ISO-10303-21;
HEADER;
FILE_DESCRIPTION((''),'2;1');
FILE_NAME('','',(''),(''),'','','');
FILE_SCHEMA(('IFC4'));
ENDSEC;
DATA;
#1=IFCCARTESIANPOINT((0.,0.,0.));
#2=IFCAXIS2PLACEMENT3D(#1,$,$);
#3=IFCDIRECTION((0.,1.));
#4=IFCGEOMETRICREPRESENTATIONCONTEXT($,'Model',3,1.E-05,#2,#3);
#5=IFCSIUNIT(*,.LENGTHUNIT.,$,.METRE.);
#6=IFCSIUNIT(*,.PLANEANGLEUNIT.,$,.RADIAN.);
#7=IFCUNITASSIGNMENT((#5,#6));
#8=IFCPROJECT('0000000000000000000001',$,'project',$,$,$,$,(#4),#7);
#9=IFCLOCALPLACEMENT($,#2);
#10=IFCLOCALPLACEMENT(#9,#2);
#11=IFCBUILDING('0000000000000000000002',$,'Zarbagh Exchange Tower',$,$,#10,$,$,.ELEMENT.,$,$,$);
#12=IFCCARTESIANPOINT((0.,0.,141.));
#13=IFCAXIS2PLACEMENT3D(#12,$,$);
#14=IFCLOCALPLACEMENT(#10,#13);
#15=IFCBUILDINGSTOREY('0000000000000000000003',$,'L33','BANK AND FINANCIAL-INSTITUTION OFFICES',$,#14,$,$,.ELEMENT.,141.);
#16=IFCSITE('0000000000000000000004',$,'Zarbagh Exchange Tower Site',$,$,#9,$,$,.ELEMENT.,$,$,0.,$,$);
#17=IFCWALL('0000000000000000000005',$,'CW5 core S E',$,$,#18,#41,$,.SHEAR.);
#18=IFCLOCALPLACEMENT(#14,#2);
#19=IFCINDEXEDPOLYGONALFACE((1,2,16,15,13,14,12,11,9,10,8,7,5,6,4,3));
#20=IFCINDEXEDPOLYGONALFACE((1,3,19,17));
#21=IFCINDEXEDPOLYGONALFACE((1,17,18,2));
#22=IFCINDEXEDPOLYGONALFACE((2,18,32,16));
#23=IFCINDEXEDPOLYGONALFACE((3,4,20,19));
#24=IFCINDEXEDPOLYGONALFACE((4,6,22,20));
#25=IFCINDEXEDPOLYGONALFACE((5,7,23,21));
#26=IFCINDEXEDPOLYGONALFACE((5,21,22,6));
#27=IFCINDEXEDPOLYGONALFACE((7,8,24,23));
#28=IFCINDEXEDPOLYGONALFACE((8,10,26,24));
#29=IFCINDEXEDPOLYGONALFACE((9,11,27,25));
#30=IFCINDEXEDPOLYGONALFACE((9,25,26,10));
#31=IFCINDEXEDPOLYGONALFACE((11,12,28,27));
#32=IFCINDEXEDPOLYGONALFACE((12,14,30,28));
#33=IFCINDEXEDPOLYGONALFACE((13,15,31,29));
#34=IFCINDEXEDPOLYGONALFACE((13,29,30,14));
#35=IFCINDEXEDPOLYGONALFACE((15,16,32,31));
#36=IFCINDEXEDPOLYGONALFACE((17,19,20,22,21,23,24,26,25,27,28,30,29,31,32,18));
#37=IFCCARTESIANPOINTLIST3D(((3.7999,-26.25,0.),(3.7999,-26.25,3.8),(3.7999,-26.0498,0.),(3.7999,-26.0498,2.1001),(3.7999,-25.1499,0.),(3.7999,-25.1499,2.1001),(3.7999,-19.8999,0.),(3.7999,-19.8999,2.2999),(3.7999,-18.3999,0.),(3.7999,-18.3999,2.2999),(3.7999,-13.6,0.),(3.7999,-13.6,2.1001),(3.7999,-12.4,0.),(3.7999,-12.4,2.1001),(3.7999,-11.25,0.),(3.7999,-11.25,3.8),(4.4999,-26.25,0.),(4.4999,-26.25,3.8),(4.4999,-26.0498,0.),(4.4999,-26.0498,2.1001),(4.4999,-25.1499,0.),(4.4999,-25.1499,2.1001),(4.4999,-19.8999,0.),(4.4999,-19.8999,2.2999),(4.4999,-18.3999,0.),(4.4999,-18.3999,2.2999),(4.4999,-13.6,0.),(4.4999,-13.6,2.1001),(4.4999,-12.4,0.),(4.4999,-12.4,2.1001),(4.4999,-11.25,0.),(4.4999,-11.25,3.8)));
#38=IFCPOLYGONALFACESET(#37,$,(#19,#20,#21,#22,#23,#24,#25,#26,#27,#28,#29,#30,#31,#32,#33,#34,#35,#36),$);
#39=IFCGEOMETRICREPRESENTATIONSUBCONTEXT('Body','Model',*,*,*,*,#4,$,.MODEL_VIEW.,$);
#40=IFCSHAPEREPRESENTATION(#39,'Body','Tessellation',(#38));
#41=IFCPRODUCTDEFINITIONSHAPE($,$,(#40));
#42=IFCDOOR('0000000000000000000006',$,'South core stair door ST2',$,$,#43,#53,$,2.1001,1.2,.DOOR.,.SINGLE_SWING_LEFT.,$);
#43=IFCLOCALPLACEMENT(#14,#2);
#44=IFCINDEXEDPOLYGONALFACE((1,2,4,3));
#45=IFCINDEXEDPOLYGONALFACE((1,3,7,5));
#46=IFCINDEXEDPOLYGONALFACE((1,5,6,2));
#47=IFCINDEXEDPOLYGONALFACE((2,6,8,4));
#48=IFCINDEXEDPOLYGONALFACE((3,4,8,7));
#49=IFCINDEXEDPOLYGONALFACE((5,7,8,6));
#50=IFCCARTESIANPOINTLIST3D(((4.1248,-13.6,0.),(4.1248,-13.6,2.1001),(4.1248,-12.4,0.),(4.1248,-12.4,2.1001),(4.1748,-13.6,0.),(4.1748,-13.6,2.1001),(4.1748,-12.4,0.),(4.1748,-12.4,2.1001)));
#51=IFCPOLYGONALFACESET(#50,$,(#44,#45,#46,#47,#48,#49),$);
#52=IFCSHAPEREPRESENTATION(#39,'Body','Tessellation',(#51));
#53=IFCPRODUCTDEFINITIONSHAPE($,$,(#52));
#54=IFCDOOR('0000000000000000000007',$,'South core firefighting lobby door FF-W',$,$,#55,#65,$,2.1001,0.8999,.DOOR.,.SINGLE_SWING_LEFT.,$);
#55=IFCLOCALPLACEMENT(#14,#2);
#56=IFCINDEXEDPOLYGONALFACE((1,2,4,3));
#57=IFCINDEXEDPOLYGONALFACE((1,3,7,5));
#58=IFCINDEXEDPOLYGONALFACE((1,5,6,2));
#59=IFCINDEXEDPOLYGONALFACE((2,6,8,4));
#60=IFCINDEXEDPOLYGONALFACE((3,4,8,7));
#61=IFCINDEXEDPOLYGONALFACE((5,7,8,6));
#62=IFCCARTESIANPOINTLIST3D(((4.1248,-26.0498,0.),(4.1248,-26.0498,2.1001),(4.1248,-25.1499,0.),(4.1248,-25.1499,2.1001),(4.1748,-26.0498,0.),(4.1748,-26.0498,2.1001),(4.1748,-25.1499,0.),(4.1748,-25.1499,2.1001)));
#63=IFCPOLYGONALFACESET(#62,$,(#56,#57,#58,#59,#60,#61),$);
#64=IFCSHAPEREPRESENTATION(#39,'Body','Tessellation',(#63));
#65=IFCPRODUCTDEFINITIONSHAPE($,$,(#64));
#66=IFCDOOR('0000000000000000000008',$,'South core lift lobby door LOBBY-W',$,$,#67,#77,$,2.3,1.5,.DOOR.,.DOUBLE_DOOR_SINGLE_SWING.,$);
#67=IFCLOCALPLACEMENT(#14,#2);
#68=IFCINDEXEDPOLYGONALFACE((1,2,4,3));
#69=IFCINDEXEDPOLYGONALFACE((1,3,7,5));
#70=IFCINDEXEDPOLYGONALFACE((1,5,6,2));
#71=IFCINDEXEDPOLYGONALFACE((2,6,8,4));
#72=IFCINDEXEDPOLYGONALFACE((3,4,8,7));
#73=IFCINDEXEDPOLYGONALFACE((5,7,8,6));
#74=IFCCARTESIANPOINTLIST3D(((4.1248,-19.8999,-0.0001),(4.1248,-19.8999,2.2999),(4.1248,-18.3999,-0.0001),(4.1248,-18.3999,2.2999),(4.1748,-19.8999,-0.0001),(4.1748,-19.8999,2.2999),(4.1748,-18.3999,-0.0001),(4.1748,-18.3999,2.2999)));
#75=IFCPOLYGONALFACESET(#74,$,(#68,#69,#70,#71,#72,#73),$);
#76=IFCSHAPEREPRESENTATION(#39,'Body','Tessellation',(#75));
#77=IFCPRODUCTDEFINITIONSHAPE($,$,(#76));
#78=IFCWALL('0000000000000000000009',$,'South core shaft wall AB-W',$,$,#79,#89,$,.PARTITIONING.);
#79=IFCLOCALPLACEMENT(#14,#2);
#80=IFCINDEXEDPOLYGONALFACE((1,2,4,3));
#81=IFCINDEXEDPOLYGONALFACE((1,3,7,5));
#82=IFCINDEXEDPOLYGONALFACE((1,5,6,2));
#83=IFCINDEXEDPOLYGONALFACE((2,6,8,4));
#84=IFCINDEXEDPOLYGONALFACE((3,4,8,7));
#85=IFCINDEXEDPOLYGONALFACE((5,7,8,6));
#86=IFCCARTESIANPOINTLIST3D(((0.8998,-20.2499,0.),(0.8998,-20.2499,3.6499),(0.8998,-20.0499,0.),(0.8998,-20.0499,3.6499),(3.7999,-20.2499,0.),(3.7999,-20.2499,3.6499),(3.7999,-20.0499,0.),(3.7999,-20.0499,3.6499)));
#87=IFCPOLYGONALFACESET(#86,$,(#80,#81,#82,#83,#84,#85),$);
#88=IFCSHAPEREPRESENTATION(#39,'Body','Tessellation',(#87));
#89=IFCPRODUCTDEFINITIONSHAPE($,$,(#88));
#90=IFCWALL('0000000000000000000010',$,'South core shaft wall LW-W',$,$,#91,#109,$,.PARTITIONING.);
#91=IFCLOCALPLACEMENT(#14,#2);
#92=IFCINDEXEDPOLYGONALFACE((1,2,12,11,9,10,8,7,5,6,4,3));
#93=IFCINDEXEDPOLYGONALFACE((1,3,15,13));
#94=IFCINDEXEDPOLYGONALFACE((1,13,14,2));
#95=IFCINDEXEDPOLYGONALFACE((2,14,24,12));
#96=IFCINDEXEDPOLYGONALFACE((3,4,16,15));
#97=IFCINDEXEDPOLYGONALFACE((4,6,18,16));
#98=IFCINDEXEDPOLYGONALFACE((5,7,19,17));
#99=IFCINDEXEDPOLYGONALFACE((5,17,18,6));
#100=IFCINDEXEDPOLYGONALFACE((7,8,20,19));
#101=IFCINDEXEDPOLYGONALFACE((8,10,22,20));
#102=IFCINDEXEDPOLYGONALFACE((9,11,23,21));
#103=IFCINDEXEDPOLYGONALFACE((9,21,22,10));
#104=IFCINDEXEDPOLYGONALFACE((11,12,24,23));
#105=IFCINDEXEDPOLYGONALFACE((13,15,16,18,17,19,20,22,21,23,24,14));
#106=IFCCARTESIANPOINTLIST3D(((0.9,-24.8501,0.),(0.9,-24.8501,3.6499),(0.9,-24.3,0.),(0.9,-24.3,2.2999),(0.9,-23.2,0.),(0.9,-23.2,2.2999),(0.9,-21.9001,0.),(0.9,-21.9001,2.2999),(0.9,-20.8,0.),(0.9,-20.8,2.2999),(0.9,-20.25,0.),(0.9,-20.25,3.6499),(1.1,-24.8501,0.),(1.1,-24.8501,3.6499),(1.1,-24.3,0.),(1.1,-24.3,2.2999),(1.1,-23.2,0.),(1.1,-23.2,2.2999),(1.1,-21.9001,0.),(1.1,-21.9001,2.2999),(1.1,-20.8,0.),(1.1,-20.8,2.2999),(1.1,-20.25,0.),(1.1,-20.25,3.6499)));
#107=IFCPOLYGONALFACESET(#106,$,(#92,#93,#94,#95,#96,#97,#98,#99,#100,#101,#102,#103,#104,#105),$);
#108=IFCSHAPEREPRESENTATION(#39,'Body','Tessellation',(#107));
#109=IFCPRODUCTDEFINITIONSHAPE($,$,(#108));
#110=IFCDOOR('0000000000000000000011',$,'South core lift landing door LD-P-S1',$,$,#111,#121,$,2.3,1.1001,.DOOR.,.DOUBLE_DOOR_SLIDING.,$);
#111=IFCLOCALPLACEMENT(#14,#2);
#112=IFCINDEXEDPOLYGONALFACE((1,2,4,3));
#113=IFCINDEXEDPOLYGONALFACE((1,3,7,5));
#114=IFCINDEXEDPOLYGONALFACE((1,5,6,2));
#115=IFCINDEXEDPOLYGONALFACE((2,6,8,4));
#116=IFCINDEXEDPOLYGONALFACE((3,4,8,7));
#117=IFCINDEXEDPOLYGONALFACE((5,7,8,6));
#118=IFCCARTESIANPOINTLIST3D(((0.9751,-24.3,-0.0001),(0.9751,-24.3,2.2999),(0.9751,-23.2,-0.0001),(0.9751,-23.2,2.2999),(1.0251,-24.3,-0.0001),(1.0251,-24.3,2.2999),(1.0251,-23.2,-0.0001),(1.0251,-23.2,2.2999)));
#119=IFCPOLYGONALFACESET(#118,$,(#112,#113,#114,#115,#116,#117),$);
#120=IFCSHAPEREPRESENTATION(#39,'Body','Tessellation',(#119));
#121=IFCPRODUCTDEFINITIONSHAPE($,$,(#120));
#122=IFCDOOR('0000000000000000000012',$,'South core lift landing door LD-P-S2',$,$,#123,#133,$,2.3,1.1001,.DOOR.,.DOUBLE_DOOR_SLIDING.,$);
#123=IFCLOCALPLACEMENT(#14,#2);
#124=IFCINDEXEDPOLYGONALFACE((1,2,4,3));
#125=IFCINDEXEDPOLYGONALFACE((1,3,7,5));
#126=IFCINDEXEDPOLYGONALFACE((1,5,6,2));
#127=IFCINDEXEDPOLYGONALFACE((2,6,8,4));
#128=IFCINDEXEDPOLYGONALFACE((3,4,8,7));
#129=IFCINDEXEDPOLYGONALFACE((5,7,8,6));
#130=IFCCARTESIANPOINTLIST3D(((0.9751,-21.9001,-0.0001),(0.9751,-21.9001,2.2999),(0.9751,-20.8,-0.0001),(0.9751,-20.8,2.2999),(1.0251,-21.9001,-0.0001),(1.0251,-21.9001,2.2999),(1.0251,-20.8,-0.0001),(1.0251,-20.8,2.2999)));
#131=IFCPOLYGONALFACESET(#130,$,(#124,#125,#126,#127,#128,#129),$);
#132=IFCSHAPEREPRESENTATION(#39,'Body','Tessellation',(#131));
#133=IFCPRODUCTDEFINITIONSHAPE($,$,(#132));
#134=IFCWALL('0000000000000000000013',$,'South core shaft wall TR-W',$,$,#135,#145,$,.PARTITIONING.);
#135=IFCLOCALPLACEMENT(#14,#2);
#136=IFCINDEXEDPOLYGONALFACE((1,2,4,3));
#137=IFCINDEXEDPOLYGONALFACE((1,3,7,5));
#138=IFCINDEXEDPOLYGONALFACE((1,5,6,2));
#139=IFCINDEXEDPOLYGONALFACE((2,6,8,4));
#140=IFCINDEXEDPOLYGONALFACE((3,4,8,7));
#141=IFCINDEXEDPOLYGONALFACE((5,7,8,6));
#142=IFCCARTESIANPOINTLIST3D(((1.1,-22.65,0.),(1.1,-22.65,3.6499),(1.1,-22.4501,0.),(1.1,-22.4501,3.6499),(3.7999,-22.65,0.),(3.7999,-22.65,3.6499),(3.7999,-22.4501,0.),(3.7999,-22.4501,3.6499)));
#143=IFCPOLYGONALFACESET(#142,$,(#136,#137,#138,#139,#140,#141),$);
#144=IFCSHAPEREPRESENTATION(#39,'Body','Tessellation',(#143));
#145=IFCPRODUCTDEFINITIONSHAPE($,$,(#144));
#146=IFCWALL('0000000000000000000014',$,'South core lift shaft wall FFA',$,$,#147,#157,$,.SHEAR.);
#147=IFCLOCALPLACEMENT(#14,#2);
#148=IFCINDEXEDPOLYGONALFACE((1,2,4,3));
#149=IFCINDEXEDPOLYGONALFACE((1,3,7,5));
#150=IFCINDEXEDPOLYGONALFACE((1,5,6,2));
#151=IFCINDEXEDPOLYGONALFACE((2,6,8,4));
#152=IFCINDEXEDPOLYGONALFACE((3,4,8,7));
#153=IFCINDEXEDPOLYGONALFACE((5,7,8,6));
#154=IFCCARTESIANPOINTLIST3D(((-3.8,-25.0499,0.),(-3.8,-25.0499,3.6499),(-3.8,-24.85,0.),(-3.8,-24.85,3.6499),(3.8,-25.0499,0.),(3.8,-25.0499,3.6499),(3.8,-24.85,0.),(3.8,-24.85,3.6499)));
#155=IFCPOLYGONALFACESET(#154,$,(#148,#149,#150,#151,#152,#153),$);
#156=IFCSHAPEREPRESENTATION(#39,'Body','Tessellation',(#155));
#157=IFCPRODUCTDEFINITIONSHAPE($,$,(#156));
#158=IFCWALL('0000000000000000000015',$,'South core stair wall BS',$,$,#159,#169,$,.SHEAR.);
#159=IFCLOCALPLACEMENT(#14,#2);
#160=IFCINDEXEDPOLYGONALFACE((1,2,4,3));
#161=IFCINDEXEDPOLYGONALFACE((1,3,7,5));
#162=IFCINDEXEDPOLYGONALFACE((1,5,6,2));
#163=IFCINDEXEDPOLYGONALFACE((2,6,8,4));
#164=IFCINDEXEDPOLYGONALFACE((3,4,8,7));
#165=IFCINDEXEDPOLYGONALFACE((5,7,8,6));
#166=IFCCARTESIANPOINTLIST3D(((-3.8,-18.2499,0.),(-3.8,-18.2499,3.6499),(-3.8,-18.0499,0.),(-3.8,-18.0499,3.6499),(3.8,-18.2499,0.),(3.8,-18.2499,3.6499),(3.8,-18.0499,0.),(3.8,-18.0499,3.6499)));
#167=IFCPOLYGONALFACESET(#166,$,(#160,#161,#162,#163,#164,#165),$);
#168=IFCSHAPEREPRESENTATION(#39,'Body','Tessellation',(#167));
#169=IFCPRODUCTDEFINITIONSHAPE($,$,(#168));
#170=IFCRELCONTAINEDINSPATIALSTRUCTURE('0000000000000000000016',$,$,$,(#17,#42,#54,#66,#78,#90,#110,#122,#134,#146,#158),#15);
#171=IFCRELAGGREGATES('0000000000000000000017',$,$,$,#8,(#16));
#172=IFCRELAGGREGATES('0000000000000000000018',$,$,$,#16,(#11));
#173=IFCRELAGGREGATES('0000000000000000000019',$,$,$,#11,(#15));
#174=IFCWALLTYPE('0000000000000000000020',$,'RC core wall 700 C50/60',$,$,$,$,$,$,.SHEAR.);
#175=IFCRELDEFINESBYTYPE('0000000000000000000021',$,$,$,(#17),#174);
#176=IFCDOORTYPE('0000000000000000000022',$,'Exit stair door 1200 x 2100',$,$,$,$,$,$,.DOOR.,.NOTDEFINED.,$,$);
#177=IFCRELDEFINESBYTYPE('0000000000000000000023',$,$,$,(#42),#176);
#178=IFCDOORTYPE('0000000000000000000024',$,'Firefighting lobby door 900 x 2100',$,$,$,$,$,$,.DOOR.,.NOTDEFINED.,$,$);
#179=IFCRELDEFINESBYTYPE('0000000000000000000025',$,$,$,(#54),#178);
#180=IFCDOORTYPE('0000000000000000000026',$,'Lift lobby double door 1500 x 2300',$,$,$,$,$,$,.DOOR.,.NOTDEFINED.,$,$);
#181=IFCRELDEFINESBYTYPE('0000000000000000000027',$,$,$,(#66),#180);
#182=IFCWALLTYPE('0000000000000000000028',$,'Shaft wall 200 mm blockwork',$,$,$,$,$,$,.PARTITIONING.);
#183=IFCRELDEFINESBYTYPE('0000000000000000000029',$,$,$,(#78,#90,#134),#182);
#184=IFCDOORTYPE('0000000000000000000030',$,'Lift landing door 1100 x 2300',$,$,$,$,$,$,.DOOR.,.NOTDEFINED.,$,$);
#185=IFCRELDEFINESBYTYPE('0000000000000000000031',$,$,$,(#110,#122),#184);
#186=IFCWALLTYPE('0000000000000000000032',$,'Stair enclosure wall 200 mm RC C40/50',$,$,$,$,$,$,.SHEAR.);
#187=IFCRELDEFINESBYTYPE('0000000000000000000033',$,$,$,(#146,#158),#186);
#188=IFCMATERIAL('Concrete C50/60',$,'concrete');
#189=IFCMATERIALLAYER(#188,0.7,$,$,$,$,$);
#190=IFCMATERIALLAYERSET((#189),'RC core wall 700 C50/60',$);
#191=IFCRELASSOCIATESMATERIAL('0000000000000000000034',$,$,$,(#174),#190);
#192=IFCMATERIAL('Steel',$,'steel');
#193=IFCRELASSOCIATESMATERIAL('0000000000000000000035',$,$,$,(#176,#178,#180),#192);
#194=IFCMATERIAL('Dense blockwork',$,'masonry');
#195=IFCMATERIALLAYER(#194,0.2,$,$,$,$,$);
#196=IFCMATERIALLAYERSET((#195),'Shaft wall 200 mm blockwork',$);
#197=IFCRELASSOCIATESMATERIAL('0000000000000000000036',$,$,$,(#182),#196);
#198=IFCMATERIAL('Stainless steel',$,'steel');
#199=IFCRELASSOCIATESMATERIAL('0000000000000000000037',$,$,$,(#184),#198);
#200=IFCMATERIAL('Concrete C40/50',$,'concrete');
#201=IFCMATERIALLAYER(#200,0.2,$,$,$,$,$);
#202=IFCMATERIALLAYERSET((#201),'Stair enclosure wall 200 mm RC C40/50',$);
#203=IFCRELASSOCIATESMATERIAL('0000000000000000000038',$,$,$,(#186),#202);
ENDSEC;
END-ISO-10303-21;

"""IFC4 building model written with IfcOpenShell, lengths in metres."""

from ifc_helpers import new_model, si_unit, direction, frame, frame_2d, origin, place, context, subcontext, project, spatial, rectangle, extrude, material, layer, layer_set, type_object, element, fill, save


model = new_model("IFC4")

# Units and contexts
model_context = context("Model", 3, precision=1e-05, world=origin(), true_north=direction((0.0, 1.0)))
body_context = subcontext(model_context, "Body", "Model", "MODEL_VIEW")
ifc_project = project(units=[si_unit("LENGTHUNIT", "METRE"), si_unit("PLANEANGLEUNIT", "RADIAN")], contexts=[model_context])

# Site, building, storey
site_placement = place(None, origin())
site = spatial("IfcSite", under=ifc_project, at=site_placement, Name="Zarbagh Exchange Tower Site", CompositionType="ELEMENT", RefElevation=0.0)
building_placement = place(site_placement, origin())
building = spatial("IfcBuilding", under=site, at=building_placement, Name="Zarbagh Exchange Tower", CompositionType="ELEMENT")
storey_placement = place(building_placement, frame((0.0, 0.0, 141.0)))
storey = spatial("IfcBuildingStorey", under=building, at=storey_placement, Name="L33", Description="BANK AND FINANCIAL-INSTITUTION OFFICES", CompositionType="ELEMENT", Elevation=141.0)

# Shared definitions
ifc_material_1 = material(Name="Concrete C50/60", Category="concrete")

# Wall, openings, doors
ifc_layer_1 = layer(ifc_material_1, 0.7)
ifc_layer_set_1 = layer_set([ifc_layer_1], Name="RC core wall 700 C50/60")
wall_type_1 = type_object("IfcWallType", Name="RC core wall 700 C50/60", PredefinedType="SHEAR", material=ifc_layer_set_1)
wall_1_placement = place(storey_placement, frame((4.1499, -11.25, 0.0), z_axis=(0.0, 0.0, 1.0), x_axis=(0.0, -1.0, 0.0)))
wall_1 = element("IfcWall", 1, at=wall_1_placement, inside=storey, type_object=wall_type_1, Name="CW5 core S E", PredefinedType="SHEAR", context=body_context, shape_type="SweptSolid", body=[
    extrude(rectangle(XDim=15.0, YDim=0.7, at=frame_2d((7.5, 0.0))), origin(), (0.0, 0.0, 1.0), 3.8),
])
opening_1_placement = place(wall_1_placement, frame((7.1499, 0.0, 0.0)))
opening_1 = element("IfcOpeningElement", 2, at=opening_1_placement, cuts=wall_1, PredefinedType="OPENING", context=body_context, shape_type="SweptSolid", body=[
    extrude(rectangle(XDim=1.5, YDim=2.3, at=frame_2d((0.75, 1.1499))), frame((0.0, 0.3599, 0.0), z_axis=(0.0, -1.0, 0.0), x_axis=(1.0, 0.0, 0.0)), (0.0, 0.0, 1.0), 0.72),
])
opening_2_placement = place(wall_1_placement, frame((13.8999, 0.0, 0.0)))
opening_2 = element("IfcOpeningElement", 3, at=opening_2_placement, cuts=wall_1, PredefinedType="OPENING", context=body_context, shape_type="SweptSolid", body=[
    extrude(rectangle(XDim=0.8999, YDim=2.1001, at=frame_2d((0.45, 1.05))), frame((0.0, 0.3599, 0.0), z_axis=(0.0, -1.0, 0.0), x_axis=(1.0, 0.0, 0.0)), (0.0, 0.0, 1.0), 0.72),
])
opening_3_placement = place(wall_1_placement, frame((1.1499, 0.0, 0.0)))
opening_3 = element("IfcOpeningElement", 4, at=opening_3_placement, cuts=wall_1, PredefinedType="OPENING", context=body_context, shape_type="SweptSolid", body=[
    extrude(rectangle(XDim=1.2, YDim=2.1001, at=frame_2d((0.6001, 1.05))), frame((0.0, 0.3599, 0.0), z_axis=(0.0, -1.0, 0.0), x_axis=(1.0, 0.0, 0.0)), (0.0, 0.0, 1.0), 0.72),
])
ifc_material_2 = material(Name="Steel", Category="steel")
door_type_1 = type_object("IfcDoorType", Name="Exit stair door 1200 x 2100", OperationType="NOTDEFINED", PredefinedType="DOOR", material=ifc_material_2)
door_1_placement = place(opening_3_placement, origin())
door_1 = element("IfcDoor", 5, at=door_1_placement, inside=storey, type_object=door_type_1, Name="South core stair door ST2", OperationType="SINGLE_SWING_LEFT", OverallHeight=2.1001, OverallWidth=1.2, PredefinedType="DOOR", context=body_context, shape_type="SweptSolid", body=[
    extrude(rectangle(XDim=1.2, YDim=2.1001, at=frame_2d((0.6001, 1.05))), frame((0.0, 0.0249, 0.0), z_axis=(0.0, -1.0, 0.0), x_axis=(1.0, 0.0, 0.0)), (0.0, 0.0, 1.0), 0.05),
])
fill(opening_3, door_1)
door_type_2 = type_object("IfcDoorType", Name="Firefighting lobby door 900 x 2100", OperationType="NOTDEFINED", PredefinedType="DOOR", material=ifc_material_2)
door_2_placement = place(opening_2_placement, origin())
door_2 = element("IfcDoor", 6, at=door_2_placement, inside=storey, type_object=door_type_2, Name="South core firefighting lobby door FF-W", OperationType="SINGLE_SWING_LEFT", OverallHeight=2.1001, OverallWidth=0.8999, PredefinedType="DOOR", context=body_context, shape_type="SweptSolid", body=[
    extrude(rectangle(XDim=0.8999, YDim=2.1001, at=frame_2d((0.45, 1.05))), frame((0.0, 0.0249, 0.0), z_axis=(0.0, -1.0, 0.0), x_axis=(1.0, 0.0, 0.0)), (0.0, 0.0, 1.0), 0.05),
])
fill(opening_2, door_2)
door_type_3 = type_object("IfcDoorType", Name="Lift lobby double door 1500 x 2300", OperationType="NOTDEFINED", PredefinedType="DOOR", material=ifc_material_2)
door_3_placement = place(opening_1_placement, origin())
door_3 = element("IfcDoor", 7, at=door_3_placement, inside=storey, type_object=door_type_3, Name="South core lift lobby door LOBBY-W", OperationType="DOUBLE_DOOR_SINGLE_SWING", OverallHeight=2.3, OverallWidth=1.5, PredefinedType="DOOR", context=body_context, shape_type="SweptSolid", body=[
    extrude(rectangle(XDim=1.5, YDim=2.3, at=frame_2d((0.75, 1.1499))), frame((0.0, 0.0249, 0.0), z_axis=(0.0, -1.0, 0.0), x_axis=(1.0, 0.0, 0.0)), (0.0, 0.0, 1.0), 0.05),
])
fill(opening_1, door_3)

# Wall
ifc_material_3 = material(Name="Dense blockwork", Category="masonry")
ifc_layer_2 = layer(ifc_material_3, 0.2)
ifc_layer_set_2 = layer_set([ifc_layer_2], Name="Shaft wall 200 mm blockwork")
wall_type_2 = type_object("IfcWallType", Name="Shaft wall 200 mm blockwork", PredefinedType="PARTITIONING", material=ifc_layer_set_2)
wall_2_placement = place(storey_placement, frame((3.8, -20.1499, 0.0), z_axis=(0.0, 0.0, 1.0), x_axis=(-1.0, 0.0, 0.0)))
element("IfcWall", 8, at=wall_2_placement, inside=storey, type_object=wall_type_2, Name="South core shaft wall AB-W", PredefinedType="PARTITIONING", context=body_context, shape_type="SweptSolid", body=[
    extrude(rectangle(XDim=2.9001, YDim=0.2, at=frame_2d((1.4502, 0.0))), origin(), (0.0, 0.0, 1.0), 3.6499),
])

# Wall, openings, doors
wall_3_placement = place(storey_placement, frame((1.0, -24.8501, 0.0), z_axis=(0.0, 0.0, 1.0), x_axis=(0.0, 1.0, 0.0)))
wall_3 = element("IfcWall", 9, at=wall_3_placement, inside=storey, type_object=wall_type_2, Name="South core shaft wall LW-W", PredefinedType="PARTITIONING", context=body_context, shape_type="SweptSolid", body=[
    extrude(rectangle(XDim=4.6001, YDim=0.2, at=frame_2d((2.3, 0.0))), origin(), (0.0, 0.0, 1.0), 3.6499),
])
opening_4_placement = place(wall_3_placement, frame((0.55, 0.0, 0.0)))
opening_4 = element("IfcOpeningElement", 10, at=opening_4_placement, cuts=wall_3, PredefinedType="OPENING", context=body_context, shape_type="SweptSolid", body=[
    extrude(rectangle(XDim=1.1001, YDim=2.3, at=frame_2d((0.55, 1.1499))), frame((0.0, 0.1099, 0.0), z_axis=(0.0, -1.0, 0.0), x_axis=(1.0, 0.0, 0.0)), (0.0, 0.0, 1.0), 0.22),
])
opening_5_placement = place(wall_3_placement, frame((2.95, 0.0, 0.0)))
opening_5 = element("IfcOpeningElement", 11, at=opening_5_placement, cuts=wall_3, PredefinedType="OPENING", context=body_context, shape_type="SweptSolid", body=[
    extrude(rectangle(XDim=1.1001, YDim=2.3, at=frame_2d((0.55, 1.1499))), frame((0.0, 0.1099, 0.0), z_axis=(0.0, -1.0, 0.0), x_axis=(1.0, 0.0, 0.0)), (0.0, 0.0, 1.0), 0.22),
])
ifc_material_4 = material(Name="Stainless steel", Category="steel")
door_type_4 = type_object("IfcDoorType", Name="Lift landing door 1100 x 2300", OperationType="NOTDEFINED", PredefinedType="DOOR", material=ifc_material_4)
door_4_placement = place(opening_4_placement, origin())
door_4 = element("IfcDoor", 12, at=door_4_placement, inside=storey, type_object=door_type_4, Name="South core lift landing door LD-P-S1", OperationType="DOUBLE_DOOR_SLIDING", OverallHeight=2.3, OverallWidth=1.1001, PredefinedType="DOOR", context=body_context, shape_type="SweptSolid", body=[
    extrude(rectangle(XDim=1.1001, YDim=2.3, at=frame_2d((0.55, 1.1499))), frame((0.0, 0.0249, 0.0), z_axis=(0.0, -1.0, 0.0), x_axis=(1.0, 0.0, 0.0)), (0.0, 0.0, 1.0), 0.05),
])
fill(opening_4, door_4)
door_5_placement = place(opening_5_placement, origin())
door_5 = element("IfcDoor", 13, at=door_5_placement, inside=storey, type_object=door_type_4, Name="South core lift landing door LD-P-S2", OperationType="DOUBLE_DOOR_SLIDING", OverallHeight=2.3, OverallWidth=1.1001, PredefinedType="DOOR", context=body_context, shape_type="SweptSolid", body=[
    extrude(rectangle(XDim=1.1001, YDim=2.3, at=frame_2d((0.55, 1.1499))), frame((0.0, 0.0249, 0.0), z_axis=(0.0, -1.0, 0.0), x_axis=(1.0, 0.0, 0.0)), (0.0, 0.0, 1.0), 0.05),
])
fill(opening_5, door_5)

# Walls
wall_4_placement = place(storey_placement, frame((3.8, -22.55, 0.0), z_axis=(0.0, 0.0, 1.0), x_axis=(-1.0, 0.0, 0.0)))
element("IfcWall", 14, at=wall_4_placement, inside=storey, type_object=wall_type_2, Name="South core shaft wall TR-W", PredefinedType="PARTITIONING", context=body_context, shape_type="SweptSolid", body=[
    extrude(rectangle(XDim=2.7, YDim=0.2, at=frame_2d((1.3501, 0.0))), origin(), (0.0, 0.0, 1.0), 3.6499),
])
ifc_material_5 = material(Name="Concrete C40/50", Category="concrete")
ifc_layer_3 = layer(ifc_material_5, 0.2)
ifc_layer_set_3 = layer_set([ifc_layer_3], Name="Stair enclosure wall 200 mm RC C40/50")
wall_type_3 = type_object("IfcWallType", Name="Stair enclosure wall 200 mm RC C40/50", PredefinedType="SHEAR", material=ifc_layer_set_3)
for number, where, z_axis, x_axis, name in (
    (15, (3.8, -24.95, 0.0), (0.0, 0.0, 1.0), (-1.0, 0.0, 0.0), "South core lift shaft wall FFA"),
    (16, (3.8, -18.1499, 0.0), (0.0, 0.0, 1.0), (-1.0, 0.0, 0.0), "South core stair wall BS"),
):
    element("IfcWall", number, at=place(storey_placement, frame(where, z_axis=z_axis, x_axis=x_axis)), inside=storey, type_object=wall_type_3, Name=name, PredefinedType="SHEAR", context=body_context, shape_type="SweptSolid", body=[
        extrude(rectangle(XDim=7.6001, YDim=0.2, at=frame_2d((3.8, 0.0))), origin(), (0.0, 0.0, 1.0), 3.6499),
    ])

save(model, "model.ifc")
